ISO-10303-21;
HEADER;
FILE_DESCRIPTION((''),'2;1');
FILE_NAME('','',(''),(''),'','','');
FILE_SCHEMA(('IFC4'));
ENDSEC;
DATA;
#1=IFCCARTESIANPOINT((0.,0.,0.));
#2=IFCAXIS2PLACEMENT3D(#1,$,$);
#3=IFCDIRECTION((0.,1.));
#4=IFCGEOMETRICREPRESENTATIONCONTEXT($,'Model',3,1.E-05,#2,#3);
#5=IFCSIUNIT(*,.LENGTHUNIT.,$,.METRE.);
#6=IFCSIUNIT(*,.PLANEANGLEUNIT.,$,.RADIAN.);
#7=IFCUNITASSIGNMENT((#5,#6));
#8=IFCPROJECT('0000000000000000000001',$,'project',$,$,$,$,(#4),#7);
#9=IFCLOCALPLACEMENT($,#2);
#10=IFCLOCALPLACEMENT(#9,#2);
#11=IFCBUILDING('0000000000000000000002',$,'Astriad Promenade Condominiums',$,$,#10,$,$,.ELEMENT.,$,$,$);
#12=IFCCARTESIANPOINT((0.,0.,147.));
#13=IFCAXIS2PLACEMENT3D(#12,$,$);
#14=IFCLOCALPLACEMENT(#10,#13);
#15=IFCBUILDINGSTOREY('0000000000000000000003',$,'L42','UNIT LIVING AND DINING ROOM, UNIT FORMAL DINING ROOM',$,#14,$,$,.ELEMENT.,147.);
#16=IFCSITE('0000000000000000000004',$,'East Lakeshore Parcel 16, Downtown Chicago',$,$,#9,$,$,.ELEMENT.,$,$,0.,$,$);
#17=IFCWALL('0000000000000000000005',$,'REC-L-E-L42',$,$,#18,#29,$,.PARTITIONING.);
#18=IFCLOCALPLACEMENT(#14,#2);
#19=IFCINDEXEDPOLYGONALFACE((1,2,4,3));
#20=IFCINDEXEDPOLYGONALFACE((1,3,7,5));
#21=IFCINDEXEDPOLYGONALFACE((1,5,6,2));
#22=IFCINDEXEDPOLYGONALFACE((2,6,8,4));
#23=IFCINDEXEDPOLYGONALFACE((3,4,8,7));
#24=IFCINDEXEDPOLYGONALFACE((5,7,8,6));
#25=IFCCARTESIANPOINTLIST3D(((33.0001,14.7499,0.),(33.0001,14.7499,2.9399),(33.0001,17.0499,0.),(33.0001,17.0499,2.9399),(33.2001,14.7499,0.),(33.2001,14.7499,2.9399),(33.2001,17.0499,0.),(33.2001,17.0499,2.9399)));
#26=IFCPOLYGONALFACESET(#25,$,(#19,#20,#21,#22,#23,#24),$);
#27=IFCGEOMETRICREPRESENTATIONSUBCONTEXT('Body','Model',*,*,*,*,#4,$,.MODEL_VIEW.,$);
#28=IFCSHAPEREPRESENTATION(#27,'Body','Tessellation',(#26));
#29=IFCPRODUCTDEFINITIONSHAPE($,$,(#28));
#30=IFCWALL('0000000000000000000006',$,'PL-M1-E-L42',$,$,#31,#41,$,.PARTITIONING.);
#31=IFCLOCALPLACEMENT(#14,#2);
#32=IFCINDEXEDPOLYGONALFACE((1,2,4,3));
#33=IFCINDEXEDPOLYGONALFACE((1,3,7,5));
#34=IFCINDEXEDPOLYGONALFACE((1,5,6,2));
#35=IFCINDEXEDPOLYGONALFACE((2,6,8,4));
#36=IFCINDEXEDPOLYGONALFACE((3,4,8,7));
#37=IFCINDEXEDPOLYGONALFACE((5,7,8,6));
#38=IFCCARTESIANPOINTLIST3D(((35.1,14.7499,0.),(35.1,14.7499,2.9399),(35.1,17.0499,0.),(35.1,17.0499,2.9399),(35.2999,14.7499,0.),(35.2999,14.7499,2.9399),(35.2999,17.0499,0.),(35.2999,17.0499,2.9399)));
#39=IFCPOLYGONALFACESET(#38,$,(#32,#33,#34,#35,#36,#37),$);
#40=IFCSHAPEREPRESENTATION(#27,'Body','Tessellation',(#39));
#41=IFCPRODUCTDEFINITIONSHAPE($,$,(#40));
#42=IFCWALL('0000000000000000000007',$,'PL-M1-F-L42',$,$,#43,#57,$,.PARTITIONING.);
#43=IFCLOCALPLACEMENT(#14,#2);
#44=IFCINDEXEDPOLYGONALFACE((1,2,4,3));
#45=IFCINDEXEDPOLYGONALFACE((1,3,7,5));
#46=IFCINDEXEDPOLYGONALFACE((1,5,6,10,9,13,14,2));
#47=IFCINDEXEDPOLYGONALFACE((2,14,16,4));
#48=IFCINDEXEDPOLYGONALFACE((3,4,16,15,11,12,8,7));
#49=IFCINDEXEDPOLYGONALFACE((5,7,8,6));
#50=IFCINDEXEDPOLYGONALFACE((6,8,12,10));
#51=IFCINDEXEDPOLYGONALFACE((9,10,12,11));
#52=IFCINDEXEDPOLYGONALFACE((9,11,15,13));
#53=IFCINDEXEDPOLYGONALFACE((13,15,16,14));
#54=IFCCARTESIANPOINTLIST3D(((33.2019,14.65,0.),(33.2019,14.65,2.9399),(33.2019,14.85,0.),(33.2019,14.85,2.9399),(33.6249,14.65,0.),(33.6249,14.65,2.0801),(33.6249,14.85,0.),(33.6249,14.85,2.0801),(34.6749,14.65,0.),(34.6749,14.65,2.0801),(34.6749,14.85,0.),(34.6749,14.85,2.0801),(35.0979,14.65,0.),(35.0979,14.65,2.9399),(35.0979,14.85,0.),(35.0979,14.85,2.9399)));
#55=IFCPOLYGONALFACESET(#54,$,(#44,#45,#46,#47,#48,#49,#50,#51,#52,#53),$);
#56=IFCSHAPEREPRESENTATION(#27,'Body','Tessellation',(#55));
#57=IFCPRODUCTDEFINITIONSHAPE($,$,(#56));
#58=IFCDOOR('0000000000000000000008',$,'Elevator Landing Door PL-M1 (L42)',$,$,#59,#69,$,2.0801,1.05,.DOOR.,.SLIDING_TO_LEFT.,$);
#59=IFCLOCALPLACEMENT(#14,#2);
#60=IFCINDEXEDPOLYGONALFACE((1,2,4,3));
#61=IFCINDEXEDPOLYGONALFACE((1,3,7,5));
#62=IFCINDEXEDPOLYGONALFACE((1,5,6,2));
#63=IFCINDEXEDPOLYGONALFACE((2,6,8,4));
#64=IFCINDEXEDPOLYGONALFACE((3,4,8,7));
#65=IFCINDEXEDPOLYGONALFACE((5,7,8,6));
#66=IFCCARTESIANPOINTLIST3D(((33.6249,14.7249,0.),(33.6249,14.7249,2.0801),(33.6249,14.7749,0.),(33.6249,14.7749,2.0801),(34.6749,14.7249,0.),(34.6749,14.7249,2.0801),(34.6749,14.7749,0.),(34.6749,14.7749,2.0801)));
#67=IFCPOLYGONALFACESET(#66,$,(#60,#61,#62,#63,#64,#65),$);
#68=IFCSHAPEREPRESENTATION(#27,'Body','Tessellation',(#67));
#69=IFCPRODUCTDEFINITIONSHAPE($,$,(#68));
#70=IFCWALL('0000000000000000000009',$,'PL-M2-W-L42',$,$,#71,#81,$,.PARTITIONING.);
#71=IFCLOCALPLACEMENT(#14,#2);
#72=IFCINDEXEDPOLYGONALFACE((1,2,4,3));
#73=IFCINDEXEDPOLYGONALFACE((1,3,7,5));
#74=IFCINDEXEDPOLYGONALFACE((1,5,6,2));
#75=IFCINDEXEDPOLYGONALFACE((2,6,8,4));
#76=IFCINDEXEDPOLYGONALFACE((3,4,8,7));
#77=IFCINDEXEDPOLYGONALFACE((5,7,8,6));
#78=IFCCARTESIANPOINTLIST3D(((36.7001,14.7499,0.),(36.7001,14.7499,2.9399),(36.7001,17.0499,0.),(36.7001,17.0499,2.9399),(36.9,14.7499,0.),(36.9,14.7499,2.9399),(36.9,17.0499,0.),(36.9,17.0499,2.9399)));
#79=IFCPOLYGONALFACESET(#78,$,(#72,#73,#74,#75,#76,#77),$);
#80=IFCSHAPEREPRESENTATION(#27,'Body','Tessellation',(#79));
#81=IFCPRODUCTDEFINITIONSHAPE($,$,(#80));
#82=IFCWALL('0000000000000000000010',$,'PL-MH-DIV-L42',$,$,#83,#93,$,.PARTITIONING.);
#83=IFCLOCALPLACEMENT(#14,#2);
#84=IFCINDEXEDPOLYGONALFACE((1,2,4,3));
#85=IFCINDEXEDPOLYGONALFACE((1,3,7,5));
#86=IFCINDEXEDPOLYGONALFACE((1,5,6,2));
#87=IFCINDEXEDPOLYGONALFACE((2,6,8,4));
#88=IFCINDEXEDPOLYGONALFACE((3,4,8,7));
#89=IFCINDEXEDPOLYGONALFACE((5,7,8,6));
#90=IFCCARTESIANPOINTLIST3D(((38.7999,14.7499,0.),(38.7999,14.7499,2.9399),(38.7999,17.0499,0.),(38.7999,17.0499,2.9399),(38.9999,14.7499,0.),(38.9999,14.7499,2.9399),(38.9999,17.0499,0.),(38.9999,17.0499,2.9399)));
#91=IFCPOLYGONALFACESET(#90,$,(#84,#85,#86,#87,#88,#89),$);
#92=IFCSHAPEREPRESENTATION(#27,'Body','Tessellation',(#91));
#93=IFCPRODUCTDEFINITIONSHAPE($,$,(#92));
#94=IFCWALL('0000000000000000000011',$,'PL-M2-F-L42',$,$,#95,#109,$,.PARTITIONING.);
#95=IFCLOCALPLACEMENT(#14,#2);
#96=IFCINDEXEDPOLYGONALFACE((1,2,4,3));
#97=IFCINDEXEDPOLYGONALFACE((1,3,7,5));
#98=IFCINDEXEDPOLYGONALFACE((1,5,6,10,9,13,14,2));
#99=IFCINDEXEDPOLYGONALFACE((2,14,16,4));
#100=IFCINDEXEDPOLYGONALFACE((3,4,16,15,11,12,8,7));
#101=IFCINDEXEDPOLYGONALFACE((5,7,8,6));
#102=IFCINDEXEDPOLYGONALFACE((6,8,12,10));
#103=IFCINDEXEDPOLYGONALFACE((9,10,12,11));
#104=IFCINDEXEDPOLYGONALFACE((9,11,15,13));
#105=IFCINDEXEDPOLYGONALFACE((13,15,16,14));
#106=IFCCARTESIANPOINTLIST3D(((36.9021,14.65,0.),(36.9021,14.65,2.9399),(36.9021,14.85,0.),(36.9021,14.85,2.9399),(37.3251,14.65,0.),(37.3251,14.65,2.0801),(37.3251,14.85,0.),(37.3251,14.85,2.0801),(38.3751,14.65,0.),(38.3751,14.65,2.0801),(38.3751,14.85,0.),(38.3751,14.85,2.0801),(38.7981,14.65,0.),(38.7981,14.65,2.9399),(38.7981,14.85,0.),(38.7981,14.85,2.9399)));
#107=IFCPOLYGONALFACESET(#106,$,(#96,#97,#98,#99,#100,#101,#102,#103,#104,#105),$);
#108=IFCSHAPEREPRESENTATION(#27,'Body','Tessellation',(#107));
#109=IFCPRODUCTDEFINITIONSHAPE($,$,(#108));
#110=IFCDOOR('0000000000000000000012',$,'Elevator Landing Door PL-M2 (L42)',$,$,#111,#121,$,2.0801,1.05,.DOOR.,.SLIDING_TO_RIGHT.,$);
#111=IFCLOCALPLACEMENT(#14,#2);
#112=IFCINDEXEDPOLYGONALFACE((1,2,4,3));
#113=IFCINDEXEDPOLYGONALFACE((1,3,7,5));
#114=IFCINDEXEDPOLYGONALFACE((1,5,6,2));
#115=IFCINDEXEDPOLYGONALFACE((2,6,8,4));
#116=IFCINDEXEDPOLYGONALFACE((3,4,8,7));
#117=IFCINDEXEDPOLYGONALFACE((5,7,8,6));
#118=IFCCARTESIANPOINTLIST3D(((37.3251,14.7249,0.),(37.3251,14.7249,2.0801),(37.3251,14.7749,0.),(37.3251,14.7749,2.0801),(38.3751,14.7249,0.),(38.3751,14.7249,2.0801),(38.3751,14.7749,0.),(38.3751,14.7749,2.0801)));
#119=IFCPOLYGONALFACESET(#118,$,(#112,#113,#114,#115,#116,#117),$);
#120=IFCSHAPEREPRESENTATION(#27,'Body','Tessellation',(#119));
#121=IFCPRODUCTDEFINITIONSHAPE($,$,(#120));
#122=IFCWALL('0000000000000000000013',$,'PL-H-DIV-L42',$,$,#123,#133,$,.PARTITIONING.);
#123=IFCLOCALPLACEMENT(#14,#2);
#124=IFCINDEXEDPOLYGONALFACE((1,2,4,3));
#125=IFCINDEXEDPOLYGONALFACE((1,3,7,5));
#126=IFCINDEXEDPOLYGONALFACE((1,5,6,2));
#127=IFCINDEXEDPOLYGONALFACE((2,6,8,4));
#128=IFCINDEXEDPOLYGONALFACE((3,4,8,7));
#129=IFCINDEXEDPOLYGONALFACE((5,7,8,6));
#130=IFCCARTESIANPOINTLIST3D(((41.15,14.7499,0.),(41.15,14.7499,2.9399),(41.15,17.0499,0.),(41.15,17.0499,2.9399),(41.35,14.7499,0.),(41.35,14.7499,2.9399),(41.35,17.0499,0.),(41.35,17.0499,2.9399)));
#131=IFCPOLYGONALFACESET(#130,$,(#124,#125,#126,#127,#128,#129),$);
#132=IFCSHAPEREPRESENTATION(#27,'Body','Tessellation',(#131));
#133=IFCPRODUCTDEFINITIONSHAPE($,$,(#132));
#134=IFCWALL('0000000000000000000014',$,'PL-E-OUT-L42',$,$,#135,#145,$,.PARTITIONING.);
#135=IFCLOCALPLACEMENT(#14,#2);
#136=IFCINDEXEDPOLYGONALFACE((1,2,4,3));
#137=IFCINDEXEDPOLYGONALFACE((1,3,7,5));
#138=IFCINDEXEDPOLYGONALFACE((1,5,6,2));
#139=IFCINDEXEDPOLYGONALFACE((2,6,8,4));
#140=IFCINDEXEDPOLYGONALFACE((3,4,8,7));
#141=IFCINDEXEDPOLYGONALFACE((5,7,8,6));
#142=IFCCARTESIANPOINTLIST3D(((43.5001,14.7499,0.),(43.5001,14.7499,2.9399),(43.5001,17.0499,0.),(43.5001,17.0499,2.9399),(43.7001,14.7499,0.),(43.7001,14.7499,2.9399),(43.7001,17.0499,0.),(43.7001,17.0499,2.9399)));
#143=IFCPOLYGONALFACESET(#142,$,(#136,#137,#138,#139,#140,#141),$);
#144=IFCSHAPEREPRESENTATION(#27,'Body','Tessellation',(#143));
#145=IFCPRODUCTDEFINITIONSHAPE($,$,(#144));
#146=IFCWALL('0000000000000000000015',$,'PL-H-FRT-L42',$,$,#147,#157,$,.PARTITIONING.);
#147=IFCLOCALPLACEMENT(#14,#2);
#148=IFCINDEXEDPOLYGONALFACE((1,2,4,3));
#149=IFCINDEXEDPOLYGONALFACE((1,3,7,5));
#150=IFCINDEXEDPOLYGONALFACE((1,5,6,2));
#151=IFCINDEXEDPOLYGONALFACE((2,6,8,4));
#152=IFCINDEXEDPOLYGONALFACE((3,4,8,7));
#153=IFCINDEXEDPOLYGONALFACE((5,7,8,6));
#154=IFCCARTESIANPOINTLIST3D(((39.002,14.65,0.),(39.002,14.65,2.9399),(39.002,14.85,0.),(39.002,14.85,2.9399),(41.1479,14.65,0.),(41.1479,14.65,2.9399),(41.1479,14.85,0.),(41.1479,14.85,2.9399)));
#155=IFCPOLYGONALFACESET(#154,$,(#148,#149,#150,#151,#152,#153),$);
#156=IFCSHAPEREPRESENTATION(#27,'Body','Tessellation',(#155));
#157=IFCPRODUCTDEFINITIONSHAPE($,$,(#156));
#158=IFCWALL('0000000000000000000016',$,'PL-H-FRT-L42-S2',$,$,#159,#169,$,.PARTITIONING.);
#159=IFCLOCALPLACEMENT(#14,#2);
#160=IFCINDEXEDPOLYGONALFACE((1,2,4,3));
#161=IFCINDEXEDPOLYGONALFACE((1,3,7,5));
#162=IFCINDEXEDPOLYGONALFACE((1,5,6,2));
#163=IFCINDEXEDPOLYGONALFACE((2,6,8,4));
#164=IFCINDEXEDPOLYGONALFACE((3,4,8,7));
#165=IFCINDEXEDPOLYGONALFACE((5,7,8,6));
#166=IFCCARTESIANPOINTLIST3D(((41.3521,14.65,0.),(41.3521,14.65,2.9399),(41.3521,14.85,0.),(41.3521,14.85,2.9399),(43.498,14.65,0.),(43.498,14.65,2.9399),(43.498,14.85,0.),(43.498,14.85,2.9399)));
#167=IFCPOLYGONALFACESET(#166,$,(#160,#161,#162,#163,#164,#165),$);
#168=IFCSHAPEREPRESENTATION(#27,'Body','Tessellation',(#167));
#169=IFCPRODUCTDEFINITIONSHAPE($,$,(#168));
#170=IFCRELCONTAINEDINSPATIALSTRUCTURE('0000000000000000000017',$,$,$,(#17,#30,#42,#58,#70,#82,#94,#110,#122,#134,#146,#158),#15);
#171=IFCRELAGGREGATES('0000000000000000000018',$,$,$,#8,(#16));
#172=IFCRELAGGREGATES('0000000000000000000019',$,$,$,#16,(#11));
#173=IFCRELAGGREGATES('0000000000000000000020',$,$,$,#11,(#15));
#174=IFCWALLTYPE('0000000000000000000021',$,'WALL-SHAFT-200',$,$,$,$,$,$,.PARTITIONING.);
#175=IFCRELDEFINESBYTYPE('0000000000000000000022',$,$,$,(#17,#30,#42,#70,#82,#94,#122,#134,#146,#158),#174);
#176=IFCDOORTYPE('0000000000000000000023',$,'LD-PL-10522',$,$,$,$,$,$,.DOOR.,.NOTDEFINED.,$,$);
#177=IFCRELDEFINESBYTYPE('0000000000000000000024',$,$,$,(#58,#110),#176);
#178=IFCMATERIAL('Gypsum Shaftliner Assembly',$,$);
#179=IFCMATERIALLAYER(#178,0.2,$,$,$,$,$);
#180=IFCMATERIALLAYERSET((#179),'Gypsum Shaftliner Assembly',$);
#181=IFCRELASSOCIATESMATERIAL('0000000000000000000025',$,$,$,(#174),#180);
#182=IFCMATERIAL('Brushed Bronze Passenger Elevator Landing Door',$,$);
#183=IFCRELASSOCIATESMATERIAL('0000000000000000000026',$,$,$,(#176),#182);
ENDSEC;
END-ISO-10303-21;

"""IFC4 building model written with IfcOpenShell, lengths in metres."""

from ifc_helpers import new_model, si_unit, direction, frame, frame_2d, origin, place, context, subcontext, project, spatial, rectangle, extrude, source, transform, mapped, material, layer, layer_set, type_object, type_shapes, element, fill, save


model = new_model("IFC4")

# Units and contexts
model_context = context("Model", 3, precision=1e-05, world=origin(), true_north=direction((0.0, 1.0)))
body_context = subcontext(model_context, "Body", "Model", "MODEL_VIEW")
ifc_project = project(units=[si_unit("LENGTHUNIT", "METRE"), si_unit("PLANEANGLEUNIT", "RADIAN")], contexts=[model_context])

# Site, building, storey
site_placement = place(None, origin())
site = spatial("IfcSite", under=ifc_project, at=site_placement, Name="East Lakeshore Parcel 16, Downtown Chicago", CompositionType="ELEMENT", RefElevation=0.0)
building_placement = place(site_placement, origin())
building = spatial("IfcBuilding", under=site, at=building_placement, Name="Astriad Promenade Condominiums", CompositionType="ELEMENT")
storey_placement = place(building_placement, frame((0.0, 0.0, 147.0)))
storey = spatial("IfcBuildingStorey", under=building, at=storey_placement, Name="L42", Description="UNIT LIVING AND DINING ROOM, UNIT FORMAL DINING ROOM", CompositionType="ELEMENT", Elevation=147.0)

# Walls
ifc_material_1 = material(Name="Gypsum Shaftliner Assembly")
ifc_layer_1 = layer(ifc_material_1, 0.2)
ifc_layer_set_1 = layer_set([ifc_layer_1], Name="Gypsum Shaftliner Assembly")
wall_type_1 = type_object("IfcWallType", Name="WALL-SHAFT-200", PredefinedType="PARTITIONING", material=ifc_layer_set_1)
for number, where, z_axis, x_axis, name in (
    (1, (33.1001, 14.75, 0.0), (0.0, 0.0, 1.0), (0.0, 1.0, 0.0), "REC-L-E-L42"),
    (2, (35.2, 14.75, 0.0), (0.0, 0.0, 1.0), (0.0, 1.0, 0.0), "PL-M1-E-L42"),
):
    element("IfcWall", number, at=place(storey_placement, frame(where, z_axis=z_axis, x_axis=x_axis)), inside=storey, type_object=wall_type_1, Name=name, PredefinedType="PARTITIONING", context=body_context, shape_type="SweptSolid", body=[
        extrude(rectangle(XDim=2.3, YDim=0.2, at=frame_2d((1.1499, 0.0))), origin(), (0.0, 0.0, 1.0), 2.9399),
    ])

# Wall, opening, door
wall_1_placement = place(storey_placement, frame((33.2019, 14.75, 0.0), z_axis=(0.0, 0.0, 1.0), x_axis=(1.0, 0.0, 0.0)))
wall_1 = element("IfcWall", 3, at=wall_1_placement, inside=storey, type_object=wall_type_1, Name="PL-M1-F-L42", PredefinedType="PARTITIONING", context=body_context, shape_type="SweptSolid", body=[
    extrude(rectangle(XDim=1.896, YDim=0.2, at=frame_2d((0.948, 0.0))), origin(), (0.0, 0.0, 1.0), 2.9399),
])
opening_1_placement = place(wall_1_placement, frame((0.4231, 0.0, 0.0)))
opening_1 = element("IfcOpeningElement", 4, at=opening_1_placement, cuts=wall_1, PredefinedType="OPENING", context=body_context, shape_type="SweptSolid", body=[
    extrude(rectangle(XDim=1.05, YDim=2.0801, at=frame_2d((0.5249, 1.04))), frame((0.0, 0.1099, 0.0), z_axis=(0.0, -1.0, 0.0), x_axis=(1.0, 0.0, 0.0)), (0.0, 0.0, 1.0), 0.22),
])
ifc_material_2 = material(Name="Brushed Bronze Passenger Elevator Landing Door")
door_type = type_object("IfcDoorType", Name="LD-PL-10522", OperationType="NOTDEFINED", PredefinedType="DOOR", material=ifc_material_2)
shared_shape_1 = source(origin(), body_context, "Body", "SweptSolid", [
    extrude(rectangle(XDim=1.05, YDim=2.0801, at=frame_2d((0.5249, 1.04))), frame((0.0, 0.0249, 0.0), z_axis=(0.0, -1.0, 0.0), x_axis=(1.0, 0.0, 0.0)), (0.0, 0.0, 1.0), 0.05),
])
type_shapes(door_type, [shared_shape_1])
door_1_placement = place(opening_1_placement, origin())
door_1 = element("IfcDoor", 5, at=door_1_placement, inside=storey, type_object=door_type, Name="Elevator Landing Door PL-M1 (L42)", OperationType="SLIDING_TO_LEFT", OverallHeight=2.0801, OverallWidth=1.05, PredefinedType="DOOR", context=body_context, shape_type="MappedRepresentation", body=[
    mapped(shared_shape_1, transform((0.0, 0.0, 0.0), scale=1.0)),
])
fill(opening_1, door_1)

# Walls
for number, where, z_axis, x_axis, name in (
    (6, (36.8, 14.75, 0.0), (0.0, 0.0, 1.0), (0.0, 1.0, 0.0), "PL-M2-W-L42"),
    (7, (38.8999, 14.75, 0.0), (0.0, 0.0, 1.0), (0.0, 1.0, 0.0), "PL-MH-DIV-L42"),
):
    element("IfcWall", number, at=place(storey_placement, frame(where, z_axis=z_axis, x_axis=x_axis)), inside=storey, type_object=wall_type_1, Name=name, PredefinedType="PARTITIONING", context=body_context, shape_type="SweptSolid", body=[
        extrude(rectangle(XDim=2.3, YDim=0.2, at=frame_2d((1.1499, 0.0))), origin(), (0.0, 0.0, 1.0), 2.9399),
    ])

# Wall, opening, door
wall_2_placement = place(storey_placement, frame((36.9021, 14.75, 0.0), z_axis=(0.0, 0.0, 1.0), x_axis=(1.0, 0.0, 0.0)))
wall_2 = element("IfcWall", 8, at=wall_2_placement, inside=storey, type_object=wall_type_1, Name="PL-M2-F-L42", PredefinedType="PARTITIONING", context=body_context, shape_type="SweptSolid", body=[
    extrude(rectangle(XDim=1.896, YDim=0.2, at=frame_2d((0.948, 0.0))), origin(), (0.0, 0.0, 1.0), 2.9399),
])
opening_2_placement = place(wall_2_placement, frame((0.4231, 0.0, 0.0)))
opening_2 = element("IfcOpeningElement", 9, at=opening_2_placement, cuts=wall_2, PredefinedType="OPENING", context=body_context, shape_type="SweptSolid", body=[
    extrude(rectangle(XDim=1.05, YDim=2.0801, at=frame_2d((0.5249, 1.04))), frame((0.0, 0.1099, 0.0), z_axis=(0.0, -1.0, 0.0), x_axis=(1.0, 0.0, 0.0)), (0.0, 0.0, 1.0), 0.22),
])
door_2_placement = place(opening_2_placement, origin())
door_2 = element("IfcDoor", 10, at=door_2_placement, inside=storey, type_object=door_type, Name="Elevator Landing Door PL-M2 (L42)", OperationType="SLIDING_TO_RIGHT", OverallHeight=2.0801, OverallWidth=1.05, PredefinedType="DOOR", context=body_context, shape_type="MappedRepresentation", body=[
    mapped(shared_shape_1, transform((0.0, 0.0, 0.0), scale=1.0)),
])
fill(opening_2, door_2)

# Walls
for number, where, z_axis, x_axis, name in (
    (11, (41.25, 14.75, 0.0), (0.0, 0.0, 1.0), (0.0, 1.0, 0.0), "PL-H-DIV-L42"),
    (12, (43.6001, 14.75, 0.0), (0.0, 0.0, 1.0), (0.0, 1.0, 0.0), "PL-E-OUT-L42"),
):
    element("IfcWall", number, at=place(storey_placement, frame(where, z_axis=z_axis, x_axis=x_axis)), inside=storey, type_object=wall_type_1, Name=name, PredefinedType="PARTITIONING", context=body_context, shape_type="SweptSolid", body=[
        extrude(rectangle(XDim=2.3, YDim=0.2, at=frame_2d((1.1499, 0.0))), origin(), (0.0, 0.0, 1.0), 2.9399),
    ])
for number, where, z_axis, x_axis, name in (
    (13, (39.002, 14.75, 0.0), (0.0, 0.0, 1.0), (1.0, 0.0, 0.0), "PL-H-FRT-L42"),
    (14, (41.3521, 14.75, 0.0), (0.0, 0.0, 1.0), (1.0, 0.0, 0.0), "PL-H-FRT-L42-S2"),
):
    element("IfcWall", number, at=place(storey_placement, frame(where, z_axis=z_axis, x_axis=x_axis)), inside=storey, type_object=wall_type_1, Name=name, PredefinedType="PARTITIONING", context=body_context, shape_type="SweptSolid", body=[
        extrude(rectangle(XDim=2.146, YDim=0.2, at=frame_2d((1.073, 0.0))), origin(), (0.0, 0.0, 1.0), 2.9399),
    ])

save(model, "model.ifc")
